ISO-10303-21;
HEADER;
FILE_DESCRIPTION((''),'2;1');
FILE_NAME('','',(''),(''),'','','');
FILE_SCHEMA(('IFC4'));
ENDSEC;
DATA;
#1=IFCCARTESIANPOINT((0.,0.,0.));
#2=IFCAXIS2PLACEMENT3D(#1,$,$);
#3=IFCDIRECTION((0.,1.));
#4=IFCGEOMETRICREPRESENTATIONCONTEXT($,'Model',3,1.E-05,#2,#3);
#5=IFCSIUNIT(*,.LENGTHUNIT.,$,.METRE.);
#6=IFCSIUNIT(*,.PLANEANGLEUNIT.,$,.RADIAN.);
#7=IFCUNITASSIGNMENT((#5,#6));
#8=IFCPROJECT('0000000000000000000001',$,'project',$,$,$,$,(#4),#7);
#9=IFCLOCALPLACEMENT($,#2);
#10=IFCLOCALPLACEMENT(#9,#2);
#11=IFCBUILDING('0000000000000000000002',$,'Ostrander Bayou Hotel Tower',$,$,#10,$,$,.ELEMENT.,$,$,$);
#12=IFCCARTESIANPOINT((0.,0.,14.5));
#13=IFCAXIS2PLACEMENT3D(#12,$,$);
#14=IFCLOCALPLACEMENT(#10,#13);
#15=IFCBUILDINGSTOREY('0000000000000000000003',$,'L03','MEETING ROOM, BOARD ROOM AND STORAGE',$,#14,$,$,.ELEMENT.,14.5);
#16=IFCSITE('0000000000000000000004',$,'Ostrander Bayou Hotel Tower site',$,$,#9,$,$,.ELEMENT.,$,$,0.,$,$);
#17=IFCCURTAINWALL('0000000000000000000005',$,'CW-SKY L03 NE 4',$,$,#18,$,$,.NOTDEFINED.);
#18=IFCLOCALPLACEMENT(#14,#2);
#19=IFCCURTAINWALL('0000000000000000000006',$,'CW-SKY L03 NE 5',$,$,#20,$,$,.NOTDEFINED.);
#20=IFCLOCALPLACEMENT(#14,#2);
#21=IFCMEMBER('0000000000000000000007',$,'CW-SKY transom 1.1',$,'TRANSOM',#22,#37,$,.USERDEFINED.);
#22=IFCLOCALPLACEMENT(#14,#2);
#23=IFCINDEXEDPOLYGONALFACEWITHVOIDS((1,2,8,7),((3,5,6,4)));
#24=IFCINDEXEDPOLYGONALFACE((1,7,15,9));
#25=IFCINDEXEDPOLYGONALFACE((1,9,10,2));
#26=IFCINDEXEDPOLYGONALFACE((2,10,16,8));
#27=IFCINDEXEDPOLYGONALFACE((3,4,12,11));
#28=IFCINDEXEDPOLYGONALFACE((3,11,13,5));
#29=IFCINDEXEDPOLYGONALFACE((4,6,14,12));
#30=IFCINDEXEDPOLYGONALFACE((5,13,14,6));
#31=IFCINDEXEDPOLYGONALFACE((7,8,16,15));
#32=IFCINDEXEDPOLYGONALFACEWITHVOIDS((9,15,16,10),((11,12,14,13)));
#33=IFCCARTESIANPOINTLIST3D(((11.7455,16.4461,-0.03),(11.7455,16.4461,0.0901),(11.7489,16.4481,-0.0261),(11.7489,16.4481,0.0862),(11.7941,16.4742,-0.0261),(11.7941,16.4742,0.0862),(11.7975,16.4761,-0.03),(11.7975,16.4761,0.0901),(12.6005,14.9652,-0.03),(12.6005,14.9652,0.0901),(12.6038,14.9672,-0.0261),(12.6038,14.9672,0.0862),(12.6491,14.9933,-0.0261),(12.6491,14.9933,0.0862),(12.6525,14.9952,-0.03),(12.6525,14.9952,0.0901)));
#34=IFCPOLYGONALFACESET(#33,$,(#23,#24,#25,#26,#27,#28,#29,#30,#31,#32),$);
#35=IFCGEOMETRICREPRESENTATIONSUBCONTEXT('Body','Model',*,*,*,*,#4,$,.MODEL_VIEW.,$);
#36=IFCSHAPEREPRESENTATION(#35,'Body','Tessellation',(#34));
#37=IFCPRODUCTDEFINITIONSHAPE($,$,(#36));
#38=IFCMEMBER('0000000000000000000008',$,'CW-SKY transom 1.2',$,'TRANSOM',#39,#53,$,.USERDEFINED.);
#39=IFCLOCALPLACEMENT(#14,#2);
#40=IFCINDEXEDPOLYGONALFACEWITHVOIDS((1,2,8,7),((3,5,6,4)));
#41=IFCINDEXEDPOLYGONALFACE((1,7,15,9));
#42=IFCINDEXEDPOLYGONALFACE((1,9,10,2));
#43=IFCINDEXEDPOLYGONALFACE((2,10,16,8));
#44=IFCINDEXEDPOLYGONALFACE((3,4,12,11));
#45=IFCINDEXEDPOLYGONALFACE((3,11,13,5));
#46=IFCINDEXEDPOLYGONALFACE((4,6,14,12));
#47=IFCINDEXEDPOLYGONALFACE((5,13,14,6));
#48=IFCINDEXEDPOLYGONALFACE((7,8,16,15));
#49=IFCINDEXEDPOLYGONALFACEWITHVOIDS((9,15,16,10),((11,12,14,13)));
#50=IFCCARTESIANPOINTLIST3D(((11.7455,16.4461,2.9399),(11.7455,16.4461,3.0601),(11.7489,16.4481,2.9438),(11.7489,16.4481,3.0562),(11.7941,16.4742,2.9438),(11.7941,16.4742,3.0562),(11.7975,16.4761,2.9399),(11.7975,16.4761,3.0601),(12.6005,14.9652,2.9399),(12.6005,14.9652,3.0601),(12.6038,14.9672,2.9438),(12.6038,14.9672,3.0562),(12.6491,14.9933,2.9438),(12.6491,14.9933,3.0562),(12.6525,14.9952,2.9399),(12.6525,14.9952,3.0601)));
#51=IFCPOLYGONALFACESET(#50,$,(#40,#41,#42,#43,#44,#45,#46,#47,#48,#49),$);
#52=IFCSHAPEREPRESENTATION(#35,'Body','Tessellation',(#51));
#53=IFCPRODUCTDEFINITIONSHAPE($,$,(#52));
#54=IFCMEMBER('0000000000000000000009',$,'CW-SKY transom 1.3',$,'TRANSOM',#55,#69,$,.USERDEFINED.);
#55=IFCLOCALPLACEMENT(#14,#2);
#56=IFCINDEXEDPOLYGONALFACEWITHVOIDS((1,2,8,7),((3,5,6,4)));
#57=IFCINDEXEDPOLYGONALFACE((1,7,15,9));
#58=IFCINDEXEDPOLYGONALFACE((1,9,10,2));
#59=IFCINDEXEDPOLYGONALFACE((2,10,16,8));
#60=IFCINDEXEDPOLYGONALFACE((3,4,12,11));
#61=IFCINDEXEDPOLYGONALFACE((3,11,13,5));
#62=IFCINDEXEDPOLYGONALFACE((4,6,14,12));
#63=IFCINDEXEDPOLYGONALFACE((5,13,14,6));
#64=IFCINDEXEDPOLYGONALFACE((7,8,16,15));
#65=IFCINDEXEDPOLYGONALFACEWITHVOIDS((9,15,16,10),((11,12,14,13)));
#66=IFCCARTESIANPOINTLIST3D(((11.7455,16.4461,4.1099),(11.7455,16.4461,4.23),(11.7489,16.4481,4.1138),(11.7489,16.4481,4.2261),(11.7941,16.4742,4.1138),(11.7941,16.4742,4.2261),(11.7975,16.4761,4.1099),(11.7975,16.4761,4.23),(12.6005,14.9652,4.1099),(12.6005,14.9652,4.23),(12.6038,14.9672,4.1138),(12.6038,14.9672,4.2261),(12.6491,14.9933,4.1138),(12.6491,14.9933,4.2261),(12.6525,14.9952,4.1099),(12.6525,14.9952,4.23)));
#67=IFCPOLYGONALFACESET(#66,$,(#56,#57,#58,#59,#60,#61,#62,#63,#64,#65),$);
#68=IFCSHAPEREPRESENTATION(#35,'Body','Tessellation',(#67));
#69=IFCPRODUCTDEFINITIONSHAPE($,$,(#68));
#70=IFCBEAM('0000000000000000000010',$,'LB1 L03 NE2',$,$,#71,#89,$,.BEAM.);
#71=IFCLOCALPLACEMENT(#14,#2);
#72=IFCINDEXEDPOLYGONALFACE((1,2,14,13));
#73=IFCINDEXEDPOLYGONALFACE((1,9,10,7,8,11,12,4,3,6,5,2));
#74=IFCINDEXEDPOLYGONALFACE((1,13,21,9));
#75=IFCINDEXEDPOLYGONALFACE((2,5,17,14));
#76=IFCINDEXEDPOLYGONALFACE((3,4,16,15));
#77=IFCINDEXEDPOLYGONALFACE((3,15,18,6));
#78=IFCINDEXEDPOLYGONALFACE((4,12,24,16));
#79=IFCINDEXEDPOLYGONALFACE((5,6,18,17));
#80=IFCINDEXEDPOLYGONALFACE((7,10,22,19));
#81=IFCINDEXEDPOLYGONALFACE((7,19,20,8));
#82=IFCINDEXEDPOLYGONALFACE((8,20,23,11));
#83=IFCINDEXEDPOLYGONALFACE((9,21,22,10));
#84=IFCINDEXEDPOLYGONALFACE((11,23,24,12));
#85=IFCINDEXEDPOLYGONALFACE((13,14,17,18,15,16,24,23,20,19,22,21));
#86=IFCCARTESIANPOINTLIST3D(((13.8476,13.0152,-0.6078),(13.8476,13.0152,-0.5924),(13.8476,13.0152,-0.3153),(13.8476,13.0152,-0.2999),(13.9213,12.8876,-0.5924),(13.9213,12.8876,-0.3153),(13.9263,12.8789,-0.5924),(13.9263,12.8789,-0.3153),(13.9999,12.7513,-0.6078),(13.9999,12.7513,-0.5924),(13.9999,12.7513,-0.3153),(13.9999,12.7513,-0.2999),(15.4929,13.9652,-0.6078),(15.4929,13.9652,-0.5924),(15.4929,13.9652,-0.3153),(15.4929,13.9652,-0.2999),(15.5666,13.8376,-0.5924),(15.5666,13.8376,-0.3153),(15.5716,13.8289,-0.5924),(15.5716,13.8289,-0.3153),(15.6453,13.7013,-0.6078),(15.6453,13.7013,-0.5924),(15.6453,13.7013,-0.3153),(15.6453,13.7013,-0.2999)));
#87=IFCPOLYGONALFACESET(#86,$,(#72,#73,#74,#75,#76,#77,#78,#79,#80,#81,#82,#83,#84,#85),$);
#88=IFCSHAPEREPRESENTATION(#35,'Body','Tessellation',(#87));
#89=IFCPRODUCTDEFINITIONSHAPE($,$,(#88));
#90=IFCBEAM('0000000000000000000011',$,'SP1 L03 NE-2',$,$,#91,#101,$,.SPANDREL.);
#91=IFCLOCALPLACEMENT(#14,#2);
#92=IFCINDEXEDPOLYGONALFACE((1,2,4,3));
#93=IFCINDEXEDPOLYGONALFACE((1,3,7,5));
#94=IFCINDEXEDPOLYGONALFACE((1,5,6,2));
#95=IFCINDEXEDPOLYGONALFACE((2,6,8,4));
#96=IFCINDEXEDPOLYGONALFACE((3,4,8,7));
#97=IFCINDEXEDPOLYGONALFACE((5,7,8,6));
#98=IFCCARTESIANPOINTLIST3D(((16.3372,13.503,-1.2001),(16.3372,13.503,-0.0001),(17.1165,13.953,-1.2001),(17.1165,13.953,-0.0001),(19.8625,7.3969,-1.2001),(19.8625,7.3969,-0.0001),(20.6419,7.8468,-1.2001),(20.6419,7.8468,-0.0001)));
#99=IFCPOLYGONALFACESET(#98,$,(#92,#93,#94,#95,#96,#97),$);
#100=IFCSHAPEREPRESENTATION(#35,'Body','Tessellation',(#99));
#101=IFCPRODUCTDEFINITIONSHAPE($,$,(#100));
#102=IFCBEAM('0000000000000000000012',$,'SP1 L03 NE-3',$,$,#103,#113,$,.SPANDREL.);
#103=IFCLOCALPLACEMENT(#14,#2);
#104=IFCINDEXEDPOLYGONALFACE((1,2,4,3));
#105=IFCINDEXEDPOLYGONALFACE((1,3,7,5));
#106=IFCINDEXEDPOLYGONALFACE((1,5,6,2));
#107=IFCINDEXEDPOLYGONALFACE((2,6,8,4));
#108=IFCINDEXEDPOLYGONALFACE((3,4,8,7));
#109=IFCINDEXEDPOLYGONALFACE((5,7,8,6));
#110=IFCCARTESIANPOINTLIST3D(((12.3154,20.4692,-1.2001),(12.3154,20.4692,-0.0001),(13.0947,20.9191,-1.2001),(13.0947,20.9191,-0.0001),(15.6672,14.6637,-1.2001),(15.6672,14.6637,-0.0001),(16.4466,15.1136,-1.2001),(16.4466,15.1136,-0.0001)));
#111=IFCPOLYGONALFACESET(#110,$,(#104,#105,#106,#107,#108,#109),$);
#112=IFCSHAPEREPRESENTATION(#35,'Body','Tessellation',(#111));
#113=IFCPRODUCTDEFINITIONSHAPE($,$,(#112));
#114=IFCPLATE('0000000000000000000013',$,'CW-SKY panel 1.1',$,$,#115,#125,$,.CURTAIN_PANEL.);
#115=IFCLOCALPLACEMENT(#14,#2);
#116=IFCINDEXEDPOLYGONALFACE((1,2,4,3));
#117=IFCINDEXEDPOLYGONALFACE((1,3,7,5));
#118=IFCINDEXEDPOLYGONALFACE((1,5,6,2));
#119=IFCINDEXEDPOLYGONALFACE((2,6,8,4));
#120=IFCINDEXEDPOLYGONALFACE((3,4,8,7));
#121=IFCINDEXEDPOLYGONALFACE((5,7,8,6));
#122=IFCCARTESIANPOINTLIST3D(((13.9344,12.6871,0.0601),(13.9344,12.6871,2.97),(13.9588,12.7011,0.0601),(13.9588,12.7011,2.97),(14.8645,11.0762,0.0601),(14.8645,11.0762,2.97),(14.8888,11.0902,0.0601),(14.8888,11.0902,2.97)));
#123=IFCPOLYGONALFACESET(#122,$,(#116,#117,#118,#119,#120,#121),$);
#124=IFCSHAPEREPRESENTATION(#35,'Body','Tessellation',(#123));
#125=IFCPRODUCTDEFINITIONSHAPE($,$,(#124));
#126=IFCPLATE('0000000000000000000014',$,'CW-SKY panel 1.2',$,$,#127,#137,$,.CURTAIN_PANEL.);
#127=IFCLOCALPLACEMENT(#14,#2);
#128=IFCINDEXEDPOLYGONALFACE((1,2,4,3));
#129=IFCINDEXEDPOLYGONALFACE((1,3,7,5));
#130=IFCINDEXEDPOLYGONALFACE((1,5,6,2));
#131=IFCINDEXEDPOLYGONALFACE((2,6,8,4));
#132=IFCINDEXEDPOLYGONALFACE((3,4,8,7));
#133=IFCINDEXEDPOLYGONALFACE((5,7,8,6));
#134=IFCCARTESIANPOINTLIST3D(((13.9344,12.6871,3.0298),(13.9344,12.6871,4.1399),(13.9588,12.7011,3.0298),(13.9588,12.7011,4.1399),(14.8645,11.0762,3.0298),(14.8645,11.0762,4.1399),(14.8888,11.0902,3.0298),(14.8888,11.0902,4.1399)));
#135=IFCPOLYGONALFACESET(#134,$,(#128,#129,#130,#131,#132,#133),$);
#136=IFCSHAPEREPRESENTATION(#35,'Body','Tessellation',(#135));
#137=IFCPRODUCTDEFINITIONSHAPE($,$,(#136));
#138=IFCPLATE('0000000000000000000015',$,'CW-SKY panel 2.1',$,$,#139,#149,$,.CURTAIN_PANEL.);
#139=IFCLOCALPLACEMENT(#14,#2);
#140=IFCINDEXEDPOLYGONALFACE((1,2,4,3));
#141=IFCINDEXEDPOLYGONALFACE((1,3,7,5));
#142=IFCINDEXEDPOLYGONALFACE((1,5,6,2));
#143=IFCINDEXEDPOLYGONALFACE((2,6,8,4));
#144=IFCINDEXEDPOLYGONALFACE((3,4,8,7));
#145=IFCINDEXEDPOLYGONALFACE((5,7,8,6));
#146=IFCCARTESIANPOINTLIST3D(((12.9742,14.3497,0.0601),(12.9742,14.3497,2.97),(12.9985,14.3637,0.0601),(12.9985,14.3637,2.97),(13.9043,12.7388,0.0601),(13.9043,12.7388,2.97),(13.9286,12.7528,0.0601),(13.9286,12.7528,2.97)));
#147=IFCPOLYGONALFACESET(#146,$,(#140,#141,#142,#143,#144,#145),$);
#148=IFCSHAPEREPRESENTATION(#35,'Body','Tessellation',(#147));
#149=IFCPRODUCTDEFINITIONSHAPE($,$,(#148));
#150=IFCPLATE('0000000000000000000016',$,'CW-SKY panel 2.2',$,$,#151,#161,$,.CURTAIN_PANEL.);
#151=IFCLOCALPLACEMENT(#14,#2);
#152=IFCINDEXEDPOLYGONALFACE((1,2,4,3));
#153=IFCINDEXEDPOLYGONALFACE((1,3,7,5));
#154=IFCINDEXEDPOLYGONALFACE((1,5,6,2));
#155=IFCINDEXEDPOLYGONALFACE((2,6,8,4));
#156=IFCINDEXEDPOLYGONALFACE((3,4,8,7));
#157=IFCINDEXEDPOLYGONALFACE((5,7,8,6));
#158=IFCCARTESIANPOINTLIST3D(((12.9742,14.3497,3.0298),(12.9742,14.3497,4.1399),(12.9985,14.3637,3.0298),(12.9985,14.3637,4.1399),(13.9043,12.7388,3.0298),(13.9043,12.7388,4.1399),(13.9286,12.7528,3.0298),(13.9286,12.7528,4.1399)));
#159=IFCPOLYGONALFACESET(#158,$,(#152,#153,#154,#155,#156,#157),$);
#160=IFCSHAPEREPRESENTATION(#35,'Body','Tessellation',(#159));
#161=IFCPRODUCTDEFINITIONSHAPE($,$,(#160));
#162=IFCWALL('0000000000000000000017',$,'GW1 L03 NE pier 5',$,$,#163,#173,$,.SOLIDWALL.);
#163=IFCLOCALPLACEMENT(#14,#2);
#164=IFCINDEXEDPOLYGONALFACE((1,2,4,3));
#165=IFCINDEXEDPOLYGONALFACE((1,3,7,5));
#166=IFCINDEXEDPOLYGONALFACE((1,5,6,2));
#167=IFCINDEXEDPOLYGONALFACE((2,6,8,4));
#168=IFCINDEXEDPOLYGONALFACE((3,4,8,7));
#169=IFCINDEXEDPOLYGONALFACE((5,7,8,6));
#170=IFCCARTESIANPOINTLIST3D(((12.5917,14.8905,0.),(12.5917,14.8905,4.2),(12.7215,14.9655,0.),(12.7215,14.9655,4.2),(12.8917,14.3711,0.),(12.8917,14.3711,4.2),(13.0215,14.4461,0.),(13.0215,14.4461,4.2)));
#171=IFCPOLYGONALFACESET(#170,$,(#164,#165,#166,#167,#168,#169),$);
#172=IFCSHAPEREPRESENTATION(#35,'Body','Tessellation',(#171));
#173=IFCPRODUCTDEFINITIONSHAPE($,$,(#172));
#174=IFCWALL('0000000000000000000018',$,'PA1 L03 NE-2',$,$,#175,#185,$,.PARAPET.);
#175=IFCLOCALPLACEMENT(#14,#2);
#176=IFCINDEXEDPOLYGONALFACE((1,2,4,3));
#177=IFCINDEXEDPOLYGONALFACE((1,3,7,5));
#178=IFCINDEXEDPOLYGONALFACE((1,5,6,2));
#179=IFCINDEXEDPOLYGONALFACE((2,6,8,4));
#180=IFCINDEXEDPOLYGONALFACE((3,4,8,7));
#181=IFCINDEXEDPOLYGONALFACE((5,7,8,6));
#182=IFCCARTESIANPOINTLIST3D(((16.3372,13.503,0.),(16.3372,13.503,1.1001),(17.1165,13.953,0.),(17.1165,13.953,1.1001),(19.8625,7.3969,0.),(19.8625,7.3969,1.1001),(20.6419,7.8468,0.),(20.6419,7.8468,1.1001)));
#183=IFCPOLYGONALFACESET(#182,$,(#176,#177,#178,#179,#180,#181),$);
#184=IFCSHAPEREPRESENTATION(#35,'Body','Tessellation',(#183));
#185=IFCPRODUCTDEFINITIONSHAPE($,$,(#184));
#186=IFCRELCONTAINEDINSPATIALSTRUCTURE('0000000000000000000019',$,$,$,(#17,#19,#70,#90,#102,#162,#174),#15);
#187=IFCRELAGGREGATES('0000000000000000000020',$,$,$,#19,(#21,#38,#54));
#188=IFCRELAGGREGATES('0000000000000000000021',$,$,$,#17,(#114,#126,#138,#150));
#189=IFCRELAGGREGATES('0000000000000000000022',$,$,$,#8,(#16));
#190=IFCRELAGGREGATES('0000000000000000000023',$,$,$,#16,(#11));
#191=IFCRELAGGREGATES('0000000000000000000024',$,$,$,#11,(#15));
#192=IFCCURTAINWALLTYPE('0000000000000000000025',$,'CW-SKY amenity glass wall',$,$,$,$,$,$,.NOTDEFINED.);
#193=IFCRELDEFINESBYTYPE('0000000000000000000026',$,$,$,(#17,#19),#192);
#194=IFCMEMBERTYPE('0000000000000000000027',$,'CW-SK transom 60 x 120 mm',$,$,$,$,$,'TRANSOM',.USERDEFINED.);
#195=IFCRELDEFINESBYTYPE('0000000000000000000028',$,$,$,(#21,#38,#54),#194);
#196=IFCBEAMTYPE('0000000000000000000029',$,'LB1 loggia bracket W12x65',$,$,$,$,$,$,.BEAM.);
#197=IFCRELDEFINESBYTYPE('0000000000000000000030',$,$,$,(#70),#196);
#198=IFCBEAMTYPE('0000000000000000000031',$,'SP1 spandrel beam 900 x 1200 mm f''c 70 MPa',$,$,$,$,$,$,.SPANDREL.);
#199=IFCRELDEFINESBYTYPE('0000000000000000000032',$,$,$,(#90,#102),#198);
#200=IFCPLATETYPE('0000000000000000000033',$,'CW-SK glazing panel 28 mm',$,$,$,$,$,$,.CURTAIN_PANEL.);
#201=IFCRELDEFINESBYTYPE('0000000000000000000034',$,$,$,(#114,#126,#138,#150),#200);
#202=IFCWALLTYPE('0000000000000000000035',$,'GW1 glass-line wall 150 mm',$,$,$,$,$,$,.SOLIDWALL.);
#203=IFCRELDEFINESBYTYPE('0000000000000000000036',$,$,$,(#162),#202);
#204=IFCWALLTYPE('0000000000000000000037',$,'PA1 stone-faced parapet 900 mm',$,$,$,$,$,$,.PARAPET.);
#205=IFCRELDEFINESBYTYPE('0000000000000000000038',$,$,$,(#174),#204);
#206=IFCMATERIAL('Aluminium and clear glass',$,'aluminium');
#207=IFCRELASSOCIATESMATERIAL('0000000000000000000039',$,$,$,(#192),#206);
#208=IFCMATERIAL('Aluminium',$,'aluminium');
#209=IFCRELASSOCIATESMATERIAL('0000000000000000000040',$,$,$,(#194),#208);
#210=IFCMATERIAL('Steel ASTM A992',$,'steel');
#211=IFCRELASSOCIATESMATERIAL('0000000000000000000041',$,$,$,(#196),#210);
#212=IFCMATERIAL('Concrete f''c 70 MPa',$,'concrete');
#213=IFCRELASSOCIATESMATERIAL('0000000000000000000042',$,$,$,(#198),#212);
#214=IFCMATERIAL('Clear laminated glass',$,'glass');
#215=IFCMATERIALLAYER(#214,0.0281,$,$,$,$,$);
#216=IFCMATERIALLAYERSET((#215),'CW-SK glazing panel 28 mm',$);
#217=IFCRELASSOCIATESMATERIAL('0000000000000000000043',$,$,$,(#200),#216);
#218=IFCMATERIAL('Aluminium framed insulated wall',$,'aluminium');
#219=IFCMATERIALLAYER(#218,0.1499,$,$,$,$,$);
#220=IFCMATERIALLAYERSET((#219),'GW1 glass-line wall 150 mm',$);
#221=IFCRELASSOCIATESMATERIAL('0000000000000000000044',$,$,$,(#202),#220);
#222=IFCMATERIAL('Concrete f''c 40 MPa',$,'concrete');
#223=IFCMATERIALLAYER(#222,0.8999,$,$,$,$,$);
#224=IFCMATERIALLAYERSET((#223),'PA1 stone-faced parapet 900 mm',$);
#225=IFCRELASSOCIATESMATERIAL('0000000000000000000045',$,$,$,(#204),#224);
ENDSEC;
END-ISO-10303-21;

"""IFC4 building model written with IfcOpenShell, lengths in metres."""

from ifc_helpers import new_model, si_unit, direction, frame, frame_2d, origin, origin_2d, place, context, subcontext, project, spatial, rectangle, hollow_rectangle, i_section, extrude, material, layer, layer_set, material_profile, profile_set, type_object, element, aggregate, save


model = new_model("IFC4")

# Units and contexts
model_context = context("Model", 3, precision=1e-05, world=origin(), true_north=direction((0.0, 1.0)))
body_context = subcontext(model_context, "Body", "Model", "MODEL_VIEW")
ifc_project = project(units=[si_unit("LENGTHUNIT", "METRE"), si_unit("PLANEANGLEUNIT", "RADIAN")], contexts=[model_context])

# Site, building, storey
site_placement = place(None, origin())
site = spatial("IfcSite", under=ifc_project, at=site_placement, Name="Ostrander Bayou Hotel Tower site", CompositionType="ELEMENT", RefElevation=0.0)
building_placement = place(site_placement, origin())
building = spatial("IfcBuilding", under=site, at=building_placement, Name="Ostrander Bayou Hotel Tower", CompositionType="ELEMENT")
storey_placement = place(building_placement, frame((0.0, 0.0, 14.5)))
storey = spatial("IfcBuildingStorey", under=building, at=storey_placement, Name="L03", Description="MEETING ROOM, BOARD ROOM AND STORAGE", CompositionType="ELEMENT", Elevation=14.5)

# Curtain wall
ifc_material_1 = material(Name="Aluminium and clear glass", Category="aluminium")
curtain_wall_type = type_object("IfcCurtainWallType", Name="CW-SKY amenity glass wall", PredefinedType="NOTDEFINED", material=ifc_material_1)
curtain_wall_1_placement = place(storey_placement, origin())
curtain_wall_1 = element("IfcCurtainWall", 1, at=curtain_wall_1_placement, inside=storey, type_object=curtain_wall_type, Name="CW-SKY L03 NE 4", PredefinedType="NOTDEFINED")

# Curtain wall
curtain_wall_2_placement = place(storey_placement, origin())
curtain_wall_2 = element("IfcCurtainWall", 2, at=curtain_wall_2_placement, inside=storey, type_object=curtain_wall_type, Name="CW-SKY L03 NE 5", PredefinedType="NOTDEFINED")

# Members
ifc_material_2 = material(Name="Aluminium", Category="aluminium")
ifc_material_profile_1 = material_profile(ifc_material_2, hollow_rectangle(XDim=0.0601, YDim=0.1201, WallThickness=0.0039, at=origin_2d()))
ifc_profile_set_1 = profile_set([ifc_material_profile_1], Name="Aluminium")
member_type_1 = type_object("IfcMemberType", Name="CW-SK transom 60 x 120 mm", ElementType="TRANSOM", PredefinedType="USERDEFINED", material=ifc_profile_set_1)
member_1_placement = place(storey_placement, frame((12.6265, 14.9802, 0.03), z_axis=(-0.499978, 0.866038, 0.0), x_axis=(-0.866038, -0.499978, 0.0)))
member_1 = element("IfcMember", 3, at=member_1_placement, type_object=member_type_1, Name="CW-SKY transom 1.1", ObjectType="TRANSOM", PredefinedType="USERDEFINED", context=body_context, shape_type="SweptSolid", body=[
    extrude(hollow_rectangle(XDim=0.0601, YDim=0.1201, WallThickness=0.0039, at=origin_2d()), origin(), (0.0, 0.0, 1.0), 1.71),
])
member_2_placement = place(storey_placement, frame((12.6265, 14.9802, 3.0), z_axis=(-0.499978, 0.866038, 0.0), x_axis=(-0.866038, -0.499978, 0.0)))
member_2 = element("IfcMember", 4, at=member_2_placement, type_object=member_type_1, Name="CW-SKY transom 1.2", ObjectType="TRANSOM", PredefinedType="USERDEFINED", context=body_context, shape_type="SweptSolid", body=[
    extrude(hollow_rectangle(XDim=0.0601, YDim=0.1201, WallThickness=0.0039, at=origin_2d()), origin(), (0.0, 0.0, 1.0), 1.71),
])
member_3_placement = place(storey_placement, frame((12.6265, 14.9802, 4.1699), z_axis=(-0.499978, 0.866038, 0.0), x_axis=(-0.866038, -0.499978, 0.0)))
member_3 = element("IfcMember", 5, at=member_3_placement, type_object=member_type_1, Name="CW-SKY transom 1.3", ObjectType="TRANSOM", PredefinedType="USERDEFINED", context=body_context, shape_type="SweptSolid", body=[
    extrude(hollow_rectangle(XDim=0.0601, YDim=0.1201, WallThickness=0.0039, at=origin_2d()), origin(), (0.0, 0.0, 1.0), 1.71),
])
aggregate(curtain_wall_2, [member_1, member_2, member_3])

# Beams
ifc_material_3 = material(Name="Steel ASTM A992", Category="steel")
ifc_material_profile_2 = material_profile(ifc_material_3, i_section(OverallWidth=0.3047, OverallDepth=0.3079, WebThickness=0.01, FlangeThickness=0.0154, at=origin_2d()))
ifc_profile_set_2 = profile_set([ifc_material_profile_2], Name="Steel ASTM A992")
beam_type_1 = type_object("IfcBeamType", Name="LB1 loggia bracket W12x65", PredefinedType="BEAM", material=ifc_profile_set_2)
beam_1_placement = place(storey_placement, frame((15.5691, 13.8333, -0.4539), z_axis=(-0.866012, -0.500023, 0.0), x_axis=(0.500023, -0.866012, 0.0)))
element("IfcBeam", 6, at=beam_1_placement, inside=storey, type_object=beam_type_1, Name="LB1 L03 NE2", PredefinedType="BEAM", context=body_context, shape_type="SweptSolid", body=[
    extrude(i_section(OverallWidth=0.3047, OverallDepth=0.3079, WebThickness=0.01, FlangeThickness=0.0154, at=origin_2d()), origin(), (0.0, 0.0, 1.0), 1.8999),
])
ifc_material_4 = material(Name="Concrete f'c 70 MPa", Category="concrete")
ifc_material_profile_3 = material_profile(ifc_material_4, rectangle(XDim=0.8999, YDim=1.2, at=origin_2d()))
ifc_profile_set_3 = profile_set([ifc_material_profile_3], Name="Concrete f'c 70 MPa")
beam_type_2 = type_object("IfcBeamType", Name="SP1 spandrel beam 900 x 1200 mm f'c 70 MPa", PredefinedType="SPANDREL", material=ifc_profile_set_3)
beam_2_placement = place(storey_placement, frame((20.2522, 7.6218, -0.6001), z_axis=(-0.499997, 0.866027, 0.0), x_axis=(-0.866027, -0.499997, 0.0)))
element("IfcBeam", 7, at=beam_2_placement, inside=storey, type_object=beam_type_2, Name="SP1 L03 NE-2", PredefinedType="SPANDREL", context=body_context, shape_type="SweptSolid", body=[
    extrude(rectangle(XDim=0.8999, YDim=1.2, at=origin_2d()), origin(), (0.0, 0.0, 1.0), 7.0508),
])
beam_3_placement = place(storey_placement, frame((16.0569, 14.8887, -0.6001), z_axis=(-0.500005, 0.866022, 0.0), x_axis=(-0.866022, -0.500005, 0.0)))
element("IfcBeam", 8, at=beam_3_placement, inside=storey, type_object=beam_type_2, Name="SP1 L03 NE-3", PredefinedType="SPANDREL", context=body_context, shape_type="SweptSolid", body=[
    extrude(rectangle(XDim=0.8999, YDim=1.2, at=origin_2d()), origin(), (0.0, 0.0, 1.0), 6.7036),
])

# Plates
ifc_material_5 = material(Name="Clear laminated glass", Category="glass")
ifc_layer_1 = layer(ifc_material_5, 0.0281)
ifc_layer_set_1 = layer_set([ifc_layer_1], Name="CW-SK glazing panel 28 mm")
plate_type = type_object("IfcPlateType", Name="CW-SK glazing panel 28 mm", PredefinedType="CURTAIN_PANEL", material=ifc_layer_set_1)
plate_1_placement = place(storey_placement, frame((14.4116, 11.8887, 0.0601), z_axis=(0.0, 0.0, 1.0), x_axis=(-0.5, 0.866025, 0.0)))
plate_1 = element("IfcPlate", 9, at=plate_1_placement, type_object=plate_type, Name="CW-SKY panel 1.1", PredefinedType="CURTAIN_PANEL", context=body_context, shape_type="SweptSolid", body=[
    extrude(rectangle(XDim=1.8601, YDim=0.0281, at=origin_2d()), origin(), (0.0, 0.0, 1.0), 2.9099),
])
plate_2_placement = place(storey_placement, frame((14.4116, 11.8887, 3.0298), z_axis=(0.0, 0.0, 1.0), x_axis=(-0.5, 0.866025, 0.0)))
plate_2 = element("IfcPlate", 10, at=plate_2_placement, type_object=plate_type, Name="CW-SKY panel 1.2", PredefinedType="CURTAIN_PANEL", context=body_context, shape_type="SweptSolid", body=[
    extrude(rectangle(XDim=1.8601, YDim=0.0281, at=origin_2d()), origin(), (0.0, 0.0, 1.0), 1.1101),
])
plate_3_placement = place(storey_placement, frame((13.4514, 13.5513, 0.0601), z_axis=(0.0, 0.0, 1.0), x_axis=(-0.5, 0.866025, 0.0)))
plate_3 = element("IfcPlate", 11, at=plate_3_placement, type_object=plate_type, Name="CW-SKY panel 2.1", PredefinedType="CURTAIN_PANEL", context=body_context, shape_type="SweptSolid", body=[
    extrude(rectangle(XDim=1.8601, YDim=0.0281, at=origin_2d()), origin(), (0.0, 0.0, 1.0), 2.9099),
])
plate_4_placement = place(storey_placement, frame((13.4514, 13.5513, 3.0298), z_axis=(0.0, 0.0, 1.0), x_axis=(-0.5, 0.866025, 0.0)))
plate_4 = element("IfcPlate", 12, at=plate_4_placement, type_object=plate_type, Name="CW-SKY panel 2.2", PredefinedType="CURTAIN_PANEL", context=body_context, shape_type="SweptSolid", body=[
    extrude(rectangle(XDim=1.8601, YDim=0.0281, at=origin_2d()), origin(), (0.0, 0.0, 1.0), 1.1101),
])
aggregate(curtain_wall_1, [plate_1, plate_2, plate_3, plate_4])

# Shared definitions
ifc_material_6 = material(Name="Aluminium framed insulated wall", Category="aluminium")
ifc_layer_2 = layer(ifc_material_6, 0.1499)
ifc_layer_set_2 = layer_set([ifc_layer_2], Name="GW1 glass-line wall 150 mm")
wall_type_1 = type_object("IfcWallType", Name="GW1 glass-line wall 150 mm", PredefinedType="SOLIDWALL", material=ifc_layer_set_2)

# Walls
wall_1_placement = place(storey_placement, frame((12.9565, 14.4087, 0.0), z_axis=(0.0, 0.0, 1.0), x_axis=(-0.500122, 0.865955, 0.0)))
element("IfcWall", 13, at=wall_1_placement, inside=storey, type_object=wall_type_1, Name="GW1 L03 NE pier 5", PredefinedType="SOLIDWALL", context=body_context, shape_type="SweptSolid", body=[
    extrude(rectangle(XDim=0.5999, YDim=0.1499, at=frame_2d((0.2998, 0.0))), origin(), (0.0, 0.0, 1.0), 4.2),
])
ifc_material_7 = material(Name="Concrete f'c 40 MPa", Category="concrete")
ifc_layer_3 = layer(ifc_material_7, 0.8999)
ifc_layer_set_3 = layer_set([ifc_layer_3], Name="PA1 stone-faced parapet 900 mm")
wall_type_2 = type_object("IfcWallType", Name="PA1 stone-faced parapet 900 mm", PredefinedType="PARAPET", material=ifc_layer_set_3)
wall_2_placement = place(storey_placement, frame((20.2522, 7.6218, 0.0), z_axis=(0.0, 0.0, 1.0), x_axis=(-0.499997, 0.866027, 0.0)))
element("IfcWall", 14, at=wall_2_placement, inside=storey, type_object=wall_type_2, Name="PA1 L03 NE-2", PredefinedType="PARAPET", context=body_context, shape_type="SweptSolid", body=[
    extrude(rectangle(XDim=7.0508, YDim=0.8999, at=frame_2d((3.5254, 0.0))), origin(), (0.0, 0.0, 1.0), 1.1001),
])

save(model, "model.ifc")
